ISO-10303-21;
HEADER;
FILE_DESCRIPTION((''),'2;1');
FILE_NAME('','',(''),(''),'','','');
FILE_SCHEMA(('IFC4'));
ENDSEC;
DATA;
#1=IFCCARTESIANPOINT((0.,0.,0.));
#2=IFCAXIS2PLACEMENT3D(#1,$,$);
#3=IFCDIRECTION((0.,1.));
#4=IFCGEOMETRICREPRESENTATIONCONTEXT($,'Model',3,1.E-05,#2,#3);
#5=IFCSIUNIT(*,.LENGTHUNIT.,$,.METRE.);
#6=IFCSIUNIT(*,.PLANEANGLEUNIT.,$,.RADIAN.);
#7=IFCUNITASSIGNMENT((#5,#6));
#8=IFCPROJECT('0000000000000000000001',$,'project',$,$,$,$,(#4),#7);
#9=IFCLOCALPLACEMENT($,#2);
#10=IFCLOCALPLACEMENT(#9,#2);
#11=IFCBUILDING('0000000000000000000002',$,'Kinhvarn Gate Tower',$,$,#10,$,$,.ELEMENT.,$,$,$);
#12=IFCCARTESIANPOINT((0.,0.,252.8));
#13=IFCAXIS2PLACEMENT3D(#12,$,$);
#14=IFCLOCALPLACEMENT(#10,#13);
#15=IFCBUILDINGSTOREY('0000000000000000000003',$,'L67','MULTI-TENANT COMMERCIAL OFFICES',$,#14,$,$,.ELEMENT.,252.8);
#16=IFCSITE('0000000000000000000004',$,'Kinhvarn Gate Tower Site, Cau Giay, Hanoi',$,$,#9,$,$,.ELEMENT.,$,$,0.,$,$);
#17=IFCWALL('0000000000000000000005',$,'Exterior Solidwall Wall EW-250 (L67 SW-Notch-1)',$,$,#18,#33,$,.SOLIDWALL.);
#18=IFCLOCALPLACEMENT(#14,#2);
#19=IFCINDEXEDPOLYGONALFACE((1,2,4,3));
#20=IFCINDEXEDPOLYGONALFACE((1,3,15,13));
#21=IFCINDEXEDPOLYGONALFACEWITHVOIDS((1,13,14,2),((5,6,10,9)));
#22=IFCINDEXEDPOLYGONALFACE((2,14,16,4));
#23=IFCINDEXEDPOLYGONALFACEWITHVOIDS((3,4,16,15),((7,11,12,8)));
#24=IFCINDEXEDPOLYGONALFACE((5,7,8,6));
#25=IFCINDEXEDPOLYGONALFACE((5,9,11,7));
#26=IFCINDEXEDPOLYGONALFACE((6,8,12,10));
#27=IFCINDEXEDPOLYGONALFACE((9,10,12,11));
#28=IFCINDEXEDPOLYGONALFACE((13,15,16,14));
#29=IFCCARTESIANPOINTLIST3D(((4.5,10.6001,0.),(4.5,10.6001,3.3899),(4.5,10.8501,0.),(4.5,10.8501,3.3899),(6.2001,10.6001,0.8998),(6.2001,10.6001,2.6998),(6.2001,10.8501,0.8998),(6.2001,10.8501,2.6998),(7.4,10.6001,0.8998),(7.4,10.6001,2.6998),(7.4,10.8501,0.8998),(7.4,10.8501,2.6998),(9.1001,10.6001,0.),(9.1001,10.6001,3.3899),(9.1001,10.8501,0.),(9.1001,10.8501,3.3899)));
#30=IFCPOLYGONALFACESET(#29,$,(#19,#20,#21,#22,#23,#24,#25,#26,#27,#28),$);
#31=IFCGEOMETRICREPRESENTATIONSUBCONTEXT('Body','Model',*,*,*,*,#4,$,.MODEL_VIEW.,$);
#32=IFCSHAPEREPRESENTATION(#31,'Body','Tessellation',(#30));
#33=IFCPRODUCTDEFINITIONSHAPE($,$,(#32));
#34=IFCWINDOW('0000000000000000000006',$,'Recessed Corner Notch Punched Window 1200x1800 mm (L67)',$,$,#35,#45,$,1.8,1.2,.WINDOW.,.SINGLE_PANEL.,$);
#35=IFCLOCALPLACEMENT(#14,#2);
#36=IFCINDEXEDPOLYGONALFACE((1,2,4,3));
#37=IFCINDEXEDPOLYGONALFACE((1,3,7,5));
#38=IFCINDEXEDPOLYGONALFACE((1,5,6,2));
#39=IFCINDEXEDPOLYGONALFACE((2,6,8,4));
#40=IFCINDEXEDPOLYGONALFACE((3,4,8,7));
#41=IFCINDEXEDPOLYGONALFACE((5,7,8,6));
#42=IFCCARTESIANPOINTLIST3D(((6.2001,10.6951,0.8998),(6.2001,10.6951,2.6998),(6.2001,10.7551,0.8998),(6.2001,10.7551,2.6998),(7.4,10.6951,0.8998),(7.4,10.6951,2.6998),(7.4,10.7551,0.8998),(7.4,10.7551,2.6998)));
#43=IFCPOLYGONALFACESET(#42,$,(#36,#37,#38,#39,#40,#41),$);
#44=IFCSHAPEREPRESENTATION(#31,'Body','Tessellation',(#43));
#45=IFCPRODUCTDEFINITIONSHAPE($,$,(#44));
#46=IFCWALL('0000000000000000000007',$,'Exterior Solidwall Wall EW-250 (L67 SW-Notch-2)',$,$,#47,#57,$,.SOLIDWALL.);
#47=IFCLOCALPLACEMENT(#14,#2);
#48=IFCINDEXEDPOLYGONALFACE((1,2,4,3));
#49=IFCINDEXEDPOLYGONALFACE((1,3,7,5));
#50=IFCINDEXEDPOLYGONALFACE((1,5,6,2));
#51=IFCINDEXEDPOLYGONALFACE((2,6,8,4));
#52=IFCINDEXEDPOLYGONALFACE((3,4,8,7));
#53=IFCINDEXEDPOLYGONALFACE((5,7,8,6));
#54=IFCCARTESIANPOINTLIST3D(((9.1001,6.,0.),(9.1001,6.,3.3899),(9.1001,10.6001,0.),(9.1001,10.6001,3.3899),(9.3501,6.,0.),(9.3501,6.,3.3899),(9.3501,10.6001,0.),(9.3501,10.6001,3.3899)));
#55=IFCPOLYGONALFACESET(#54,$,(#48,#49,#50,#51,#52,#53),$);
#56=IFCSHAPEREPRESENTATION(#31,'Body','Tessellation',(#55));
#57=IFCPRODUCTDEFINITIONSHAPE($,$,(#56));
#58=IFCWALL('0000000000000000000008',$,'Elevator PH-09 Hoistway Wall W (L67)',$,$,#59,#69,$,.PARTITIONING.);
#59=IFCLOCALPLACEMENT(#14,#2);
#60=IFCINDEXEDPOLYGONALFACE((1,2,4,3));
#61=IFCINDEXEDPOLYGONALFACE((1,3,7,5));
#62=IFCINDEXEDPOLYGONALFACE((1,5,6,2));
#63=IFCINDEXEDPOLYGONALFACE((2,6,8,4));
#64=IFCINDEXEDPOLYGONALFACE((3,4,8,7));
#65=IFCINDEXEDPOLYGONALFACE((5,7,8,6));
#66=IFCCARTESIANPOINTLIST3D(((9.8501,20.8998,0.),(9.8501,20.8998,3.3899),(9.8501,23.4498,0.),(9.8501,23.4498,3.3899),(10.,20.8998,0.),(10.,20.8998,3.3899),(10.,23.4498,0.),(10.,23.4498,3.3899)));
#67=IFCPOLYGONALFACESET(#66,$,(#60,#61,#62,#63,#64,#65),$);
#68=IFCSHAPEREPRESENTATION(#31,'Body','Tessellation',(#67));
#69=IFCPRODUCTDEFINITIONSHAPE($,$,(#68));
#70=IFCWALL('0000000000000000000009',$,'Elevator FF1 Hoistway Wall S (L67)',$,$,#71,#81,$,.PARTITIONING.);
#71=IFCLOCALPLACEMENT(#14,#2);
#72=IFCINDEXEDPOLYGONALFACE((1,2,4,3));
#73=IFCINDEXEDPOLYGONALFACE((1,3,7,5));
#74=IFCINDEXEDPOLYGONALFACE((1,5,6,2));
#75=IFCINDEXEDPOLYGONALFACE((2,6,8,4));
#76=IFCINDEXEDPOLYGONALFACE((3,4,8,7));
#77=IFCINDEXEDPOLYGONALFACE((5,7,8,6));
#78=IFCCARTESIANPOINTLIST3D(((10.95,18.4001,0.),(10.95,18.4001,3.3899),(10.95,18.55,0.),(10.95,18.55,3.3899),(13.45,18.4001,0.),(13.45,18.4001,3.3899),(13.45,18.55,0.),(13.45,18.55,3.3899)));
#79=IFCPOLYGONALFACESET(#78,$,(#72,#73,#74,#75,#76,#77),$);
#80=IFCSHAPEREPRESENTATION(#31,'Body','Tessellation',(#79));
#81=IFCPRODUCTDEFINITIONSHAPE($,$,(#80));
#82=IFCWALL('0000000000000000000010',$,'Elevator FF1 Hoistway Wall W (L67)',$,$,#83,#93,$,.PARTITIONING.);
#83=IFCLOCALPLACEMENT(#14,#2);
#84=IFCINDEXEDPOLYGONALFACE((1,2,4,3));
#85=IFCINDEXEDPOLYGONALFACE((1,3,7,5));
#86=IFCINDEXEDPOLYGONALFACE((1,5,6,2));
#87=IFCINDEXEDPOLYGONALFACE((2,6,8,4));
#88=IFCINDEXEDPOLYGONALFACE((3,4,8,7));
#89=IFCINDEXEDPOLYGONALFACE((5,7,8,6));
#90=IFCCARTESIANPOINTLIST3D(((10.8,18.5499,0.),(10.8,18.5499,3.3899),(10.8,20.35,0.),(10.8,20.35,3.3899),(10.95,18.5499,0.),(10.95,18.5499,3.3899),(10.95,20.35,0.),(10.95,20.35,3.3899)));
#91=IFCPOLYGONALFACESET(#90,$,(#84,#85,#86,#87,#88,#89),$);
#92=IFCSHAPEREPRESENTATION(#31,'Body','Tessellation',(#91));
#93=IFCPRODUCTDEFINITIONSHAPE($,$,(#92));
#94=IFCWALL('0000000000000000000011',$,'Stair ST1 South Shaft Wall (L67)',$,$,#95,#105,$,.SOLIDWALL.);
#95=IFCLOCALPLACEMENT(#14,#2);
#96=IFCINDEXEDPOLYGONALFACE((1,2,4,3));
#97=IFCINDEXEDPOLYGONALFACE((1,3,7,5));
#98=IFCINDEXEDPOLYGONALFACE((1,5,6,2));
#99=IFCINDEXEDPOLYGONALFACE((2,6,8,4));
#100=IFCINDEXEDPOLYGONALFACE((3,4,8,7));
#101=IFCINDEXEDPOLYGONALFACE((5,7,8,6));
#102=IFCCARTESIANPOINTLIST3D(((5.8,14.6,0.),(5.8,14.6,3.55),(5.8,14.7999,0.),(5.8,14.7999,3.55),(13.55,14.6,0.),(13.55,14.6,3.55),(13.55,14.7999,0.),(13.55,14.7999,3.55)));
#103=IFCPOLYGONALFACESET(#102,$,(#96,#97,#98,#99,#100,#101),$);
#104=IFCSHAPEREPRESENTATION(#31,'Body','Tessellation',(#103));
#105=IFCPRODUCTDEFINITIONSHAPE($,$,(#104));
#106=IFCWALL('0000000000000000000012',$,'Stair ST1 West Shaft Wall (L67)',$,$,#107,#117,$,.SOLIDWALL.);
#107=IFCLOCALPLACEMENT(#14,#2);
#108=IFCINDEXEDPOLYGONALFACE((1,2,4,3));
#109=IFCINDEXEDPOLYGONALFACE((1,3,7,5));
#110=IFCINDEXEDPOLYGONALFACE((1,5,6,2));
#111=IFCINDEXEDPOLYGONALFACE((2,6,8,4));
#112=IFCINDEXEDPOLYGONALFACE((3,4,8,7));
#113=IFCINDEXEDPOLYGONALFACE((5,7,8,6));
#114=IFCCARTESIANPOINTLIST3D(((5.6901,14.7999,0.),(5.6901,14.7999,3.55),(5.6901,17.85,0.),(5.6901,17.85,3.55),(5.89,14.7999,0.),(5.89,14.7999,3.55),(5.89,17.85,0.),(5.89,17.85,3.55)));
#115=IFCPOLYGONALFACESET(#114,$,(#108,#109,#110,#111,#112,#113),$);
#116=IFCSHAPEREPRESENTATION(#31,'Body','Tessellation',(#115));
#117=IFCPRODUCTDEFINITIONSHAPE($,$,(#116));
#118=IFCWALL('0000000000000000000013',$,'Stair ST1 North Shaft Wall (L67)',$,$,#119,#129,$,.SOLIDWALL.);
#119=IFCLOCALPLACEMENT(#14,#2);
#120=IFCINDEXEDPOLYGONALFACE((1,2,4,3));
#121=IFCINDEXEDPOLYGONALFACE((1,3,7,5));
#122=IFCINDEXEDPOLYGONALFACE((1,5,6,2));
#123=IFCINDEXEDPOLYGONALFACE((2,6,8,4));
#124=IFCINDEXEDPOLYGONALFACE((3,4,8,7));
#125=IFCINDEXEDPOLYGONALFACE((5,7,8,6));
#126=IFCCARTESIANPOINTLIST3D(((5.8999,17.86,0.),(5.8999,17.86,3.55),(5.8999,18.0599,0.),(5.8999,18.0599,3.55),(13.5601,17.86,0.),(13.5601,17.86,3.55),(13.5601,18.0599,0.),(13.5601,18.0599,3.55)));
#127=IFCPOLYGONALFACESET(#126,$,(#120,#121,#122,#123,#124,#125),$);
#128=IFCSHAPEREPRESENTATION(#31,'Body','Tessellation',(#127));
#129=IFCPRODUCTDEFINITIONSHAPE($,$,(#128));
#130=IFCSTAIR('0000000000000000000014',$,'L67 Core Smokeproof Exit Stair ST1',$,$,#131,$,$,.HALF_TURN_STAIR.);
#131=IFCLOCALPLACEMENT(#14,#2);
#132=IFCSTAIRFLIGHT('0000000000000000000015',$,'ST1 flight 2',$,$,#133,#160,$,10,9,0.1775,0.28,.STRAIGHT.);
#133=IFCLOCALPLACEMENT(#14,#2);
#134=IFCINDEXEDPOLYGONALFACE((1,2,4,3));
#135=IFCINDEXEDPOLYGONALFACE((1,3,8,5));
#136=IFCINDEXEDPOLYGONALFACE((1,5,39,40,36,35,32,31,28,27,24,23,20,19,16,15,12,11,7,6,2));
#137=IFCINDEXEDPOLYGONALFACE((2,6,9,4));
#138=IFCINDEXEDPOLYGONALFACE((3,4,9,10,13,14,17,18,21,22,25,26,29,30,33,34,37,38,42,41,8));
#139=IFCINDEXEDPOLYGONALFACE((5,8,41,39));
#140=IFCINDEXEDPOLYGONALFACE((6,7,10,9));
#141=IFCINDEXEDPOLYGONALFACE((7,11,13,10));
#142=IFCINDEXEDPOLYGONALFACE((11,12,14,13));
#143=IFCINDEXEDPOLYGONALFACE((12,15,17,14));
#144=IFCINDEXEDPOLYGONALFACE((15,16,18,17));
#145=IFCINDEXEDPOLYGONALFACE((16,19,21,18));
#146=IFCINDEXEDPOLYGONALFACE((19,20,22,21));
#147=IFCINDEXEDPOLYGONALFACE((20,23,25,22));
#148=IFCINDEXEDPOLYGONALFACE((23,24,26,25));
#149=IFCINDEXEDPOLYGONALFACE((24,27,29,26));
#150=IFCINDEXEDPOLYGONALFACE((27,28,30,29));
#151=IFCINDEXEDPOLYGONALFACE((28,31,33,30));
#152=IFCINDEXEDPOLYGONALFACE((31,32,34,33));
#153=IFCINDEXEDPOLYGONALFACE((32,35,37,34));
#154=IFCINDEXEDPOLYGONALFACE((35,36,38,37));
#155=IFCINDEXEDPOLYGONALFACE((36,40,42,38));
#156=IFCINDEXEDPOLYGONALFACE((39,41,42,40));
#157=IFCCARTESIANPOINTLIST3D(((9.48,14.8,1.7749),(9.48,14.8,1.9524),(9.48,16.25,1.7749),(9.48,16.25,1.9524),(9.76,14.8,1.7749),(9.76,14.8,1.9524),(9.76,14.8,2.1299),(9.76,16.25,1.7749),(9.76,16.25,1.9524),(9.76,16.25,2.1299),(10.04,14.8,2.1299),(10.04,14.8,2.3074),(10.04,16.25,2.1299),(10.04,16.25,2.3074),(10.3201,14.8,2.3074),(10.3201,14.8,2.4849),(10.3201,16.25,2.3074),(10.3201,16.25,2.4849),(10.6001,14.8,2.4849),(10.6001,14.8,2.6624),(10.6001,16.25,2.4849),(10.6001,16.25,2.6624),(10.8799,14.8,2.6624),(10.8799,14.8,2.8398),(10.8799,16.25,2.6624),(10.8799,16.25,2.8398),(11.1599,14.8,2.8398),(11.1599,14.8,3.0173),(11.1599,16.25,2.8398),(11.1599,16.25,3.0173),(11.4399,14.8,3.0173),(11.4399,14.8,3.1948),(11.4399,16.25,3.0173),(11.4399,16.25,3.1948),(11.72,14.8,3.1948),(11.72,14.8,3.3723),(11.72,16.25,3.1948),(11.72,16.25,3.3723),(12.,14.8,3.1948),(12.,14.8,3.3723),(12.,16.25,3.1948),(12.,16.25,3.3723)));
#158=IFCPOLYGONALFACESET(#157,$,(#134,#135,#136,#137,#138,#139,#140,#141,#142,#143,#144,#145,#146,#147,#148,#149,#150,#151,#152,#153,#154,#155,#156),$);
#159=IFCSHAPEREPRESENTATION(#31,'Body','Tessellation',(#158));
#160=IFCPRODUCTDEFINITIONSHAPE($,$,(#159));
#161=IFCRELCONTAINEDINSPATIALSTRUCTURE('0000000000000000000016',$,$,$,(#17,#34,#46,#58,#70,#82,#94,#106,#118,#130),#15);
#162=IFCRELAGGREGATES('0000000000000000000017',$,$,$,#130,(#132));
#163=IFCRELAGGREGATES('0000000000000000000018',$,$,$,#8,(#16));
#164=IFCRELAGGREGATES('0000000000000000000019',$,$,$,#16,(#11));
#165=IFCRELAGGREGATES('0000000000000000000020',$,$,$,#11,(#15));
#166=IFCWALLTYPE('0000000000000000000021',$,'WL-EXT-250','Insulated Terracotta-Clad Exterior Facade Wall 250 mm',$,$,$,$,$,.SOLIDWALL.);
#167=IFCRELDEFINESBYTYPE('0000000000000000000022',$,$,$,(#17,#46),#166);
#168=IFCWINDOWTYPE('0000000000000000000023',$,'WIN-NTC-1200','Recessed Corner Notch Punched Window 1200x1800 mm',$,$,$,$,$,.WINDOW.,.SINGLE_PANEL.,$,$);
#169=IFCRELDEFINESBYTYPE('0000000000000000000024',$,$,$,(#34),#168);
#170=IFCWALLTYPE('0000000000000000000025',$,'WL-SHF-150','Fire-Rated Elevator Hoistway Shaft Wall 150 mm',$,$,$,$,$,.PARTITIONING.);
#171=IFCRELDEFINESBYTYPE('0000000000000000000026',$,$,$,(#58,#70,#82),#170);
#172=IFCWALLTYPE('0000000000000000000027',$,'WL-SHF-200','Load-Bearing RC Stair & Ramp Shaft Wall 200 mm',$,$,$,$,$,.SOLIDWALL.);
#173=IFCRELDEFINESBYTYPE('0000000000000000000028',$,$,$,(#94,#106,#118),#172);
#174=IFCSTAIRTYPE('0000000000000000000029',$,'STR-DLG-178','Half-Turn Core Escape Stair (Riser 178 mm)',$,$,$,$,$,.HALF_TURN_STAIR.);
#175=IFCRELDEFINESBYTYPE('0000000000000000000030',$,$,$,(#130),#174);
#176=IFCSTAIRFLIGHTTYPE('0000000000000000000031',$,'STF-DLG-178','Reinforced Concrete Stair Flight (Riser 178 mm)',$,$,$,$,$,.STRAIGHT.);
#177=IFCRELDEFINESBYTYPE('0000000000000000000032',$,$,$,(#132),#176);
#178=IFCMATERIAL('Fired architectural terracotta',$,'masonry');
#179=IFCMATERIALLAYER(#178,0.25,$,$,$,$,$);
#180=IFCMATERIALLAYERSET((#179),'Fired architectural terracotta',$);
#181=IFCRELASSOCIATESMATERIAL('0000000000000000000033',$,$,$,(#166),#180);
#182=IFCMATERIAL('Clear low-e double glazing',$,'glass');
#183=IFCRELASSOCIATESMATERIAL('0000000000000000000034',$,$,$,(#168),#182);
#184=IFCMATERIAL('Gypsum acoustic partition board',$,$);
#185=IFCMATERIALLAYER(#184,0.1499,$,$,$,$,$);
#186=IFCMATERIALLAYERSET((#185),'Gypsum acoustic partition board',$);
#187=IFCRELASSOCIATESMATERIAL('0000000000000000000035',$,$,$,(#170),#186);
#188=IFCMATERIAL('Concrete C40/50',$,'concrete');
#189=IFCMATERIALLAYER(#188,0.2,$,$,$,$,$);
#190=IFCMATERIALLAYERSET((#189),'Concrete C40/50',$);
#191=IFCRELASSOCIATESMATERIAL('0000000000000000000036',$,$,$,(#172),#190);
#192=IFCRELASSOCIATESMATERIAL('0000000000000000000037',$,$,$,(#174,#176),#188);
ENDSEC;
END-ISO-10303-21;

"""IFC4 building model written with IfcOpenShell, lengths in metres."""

from ifc_helpers import new_model, si_unit, direction, frame, frame_2d, origin, place, context, subcontext, project, spatial, polyline, rectangle, outline, extrude, material, layer, layer_set, type_object, element, fill, aggregate, save


model = new_model("IFC4")

# Units and contexts
model_context = context("Model", 3, precision=1e-05, world=origin(), true_north=direction((0.0, 1.0)))
body_context = subcontext(model_context, "Body", "Model", "MODEL_VIEW")
ifc_project = project(units=[si_unit("LENGTHUNIT", "METRE"), si_unit("PLANEANGLEUNIT", "RADIAN")], contexts=[model_context])

# Site, building, storey
site_placement = place(None, origin())
site = spatial("IfcSite", under=ifc_project, at=site_placement, Name="Kinhvarn Gate Tower Site, Cau Giay, Hanoi", CompositionType="ELEMENT", RefElevation=0.0)
building_placement = place(site_placement, origin())
building = spatial("IfcBuilding", under=site, at=building_placement, Name="Kinhvarn Gate Tower", CompositionType="ELEMENT")
storey_placement = place(building_placement, frame((0.0, 0.0, 252.8)))
storey = spatial("IfcBuildingStorey", under=building, at=storey_placement, Name="L67", Description="MULTI-TENANT COMMERCIAL OFFICES", CompositionType="ELEMENT", Elevation=252.8)

# Wall, opening, window
ifc_material_1 = material(Name="Fired architectural terracotta", Category="masonry")
ifc_layer_1 = layer(ifc_material_1, 0.25)
ifc_layer_set_1 = layer_set([ifc_layer_1], Name="Fired architectural terracotta")
wall_type_1 = type_object("IfcWallType", Name="WL-EXT-250", Description="Insulated Terracotta-Clad Exterior Facade Wall 250 mm", PredefinedType="SOLIDWALL", material=ifc_layer_set_1)
ifc_material_2 = material(Name="Clear low-e double glazing", Category="glass")
wall_1_placement = place(storey_placement, frame((4.5, 10.7251, 0.0), z_axis=(0.0, 0.0, 1.0), x_axis=(1.0, 0.0, 0.0)))
wall_1 = element("IfcWall", 1, at=wall_1_placement, inside=storey, type_object=wall_type_1, Name="Exterior Solidwall Wall EW-250 (L67 SW-Notch-1)", PredefinedType="SOLIDWALL", context=body_context, shape_type="SweptSolid", body=[
    extrude(rectangle(XDim=4.6001, YDim=0.25, at=frame_2d((2.3, 0.0))), origin(), (0.0, 0.0, 1.0), 3.3899),
])
opening_1_placement = place(wall_1_placement, frame((1.7, 0.0, 0.8999)))
opening_1 = element("IfcOpeningElement", 2, at=opening_1_placement, cuts=wall_1, PredefinedType="OPENING", context=body_context, shape_type="SweptSolid", body=[
    extrude(rectangle(XDim=1.2, YDim=1.8, at=frame_2d((0.6001, 0.8999))), frame((0.0, 0.135, 0.0), z_axis=(0.0, -1.0, 0.0), x_axis=(1.0, 0.0, 0.0)), (0.0, 0.0, 1.0), 0.27),
])
window_type_1 = type_object("IfcWindowType", Name="WIN-NTC-1200", Description="Recessed Corner Notch Punched Window 1200x1800 mm", PartitioningType="SINGLE_PANEL", PredefinedType="WINDOW", material=ifc_material_2)
window_1_placement = place(opening_1_placement, origin())
window_1 = element("IfcWindow", 3, at=window_1_placement, inside=storey, type_object=window_type_1, Name="Recessed Corner Notch Punched Window 1200x1800 mm (L67)", OverallHeight=1.8, OverallWidth=1.2, PartitioningType="SINGLE_PANEL", PredefinedType="WINDOW", context=body_context, shape_type="SweptSolid", body=[
    extrude(rectangle(XDim=1.2, YDim=1.8, at=frame_2d((0.6001, 0.8999))), frame((0.0, 0.03, 0.0), z_axis=(0.0, -1.0, 0.0), x_axis=(1.0, 0.0, 0.0)), (0.0, 0.0, 1.0), 0.0601),
])
fill(opening_1, window_1)

# Walls
wall_2_placement = place(storey_placement, frame((9.2251, 10.6001, 0.0), z_axis=(0.0, 0.0, 1.0), x_axis=(0.0, -1.0, 0.0)))
element("IfcWall", 4, at=wall_2_placement, inside=storey, type_object=wall_type_1, Name="Exterior Solidwall Wall EW-250 (L67 SW-Notch-2)", PredefinedType="SOLIDWALL", context=body_context, shape_type="SweptSolid", body=[
    extrude(rectangle(XDim=4.6001, YDim=0.25, at=frame_2d((2.3, 0.0))), origin(), (0.0, 0.0, 1.0), 3.3899),
])
ifc_material_3 = material(Name="Gypsum acoustic partition board")
ifc_layer_2 = layer(ifc_material_3, 0.1499)
ifc_layer_set_2 = layer_set([ifc_layer_2], Name="Gypsum acoustic partition board")
wall_type_2 = type_object("IfcWallType", Name="WL-SHF-150", Description="Fire-Rated Elevator Hoistway Shaft Wall 150 mm", PredefinedType="PARTITIONING", material=ifc_layer_set_2)
wall_3_placement = place(storey_placement, frame((9.925, 20.8999, 0.0), z_axis=(0.0, 0.0, 1.0), x_axis=(0.0, 1.0, 0.0)))
element("IfcWall", 5, at=wall_3_placement, inside=storey, type_object=wall_type_2, Name="Elevator PH-09 Hoistway Wall W (L67)", PredefinedType="PARTITIONING", context=body_context, shape_type="SweptSolid", body=[
    extrude(rectangle(XDim=2.55, YDim=0.1499, at=frame_2d((1.2749, 0.0))), origin(), (0.0, 0.0, 1.0), 3.3899),
])
wall_4_placement = place(storey_placement, frame((10.95, 18.4751, 0.0), z_axis=(0.0, 0.0, 1.0), x_axis=(1.0, 0.0, 0.0)))
element("IfcWall", 6, at=wall_4_placement, inside=storey, type_object=wall_type_2, Name="Elevator FF1 Hoistway Wall S (L67)", PredefinedType="PARTITIONING", context=body_context, shape_type="SweptSolid", body=[
    extrude(rectangle(XDim=2.5, YDim=0.1499, at=frame_2d((1.25, 0.0))), origin(), (0.0, 0.0, 1.0), 3.3899),
])
wall_5_placement = place(storey_placement, frame((10.875, 18.55, 0.0), z_axis=(0.0, 0.0, 1.0), x_axis=(0.0, 1.0, 0.0)))
element("IfcWall", 7, at=wall_5_placement, inside=storey, type_object=wall_type_2, Name="Elevator FF1 Hoistway Wall W (L67)", PredefinedType="PARTITIONING", context=body_context, shape_type="SweptSolid", body=[
    extrude(rectangle(XDim=1.8, YDim=0.1499, at=frame_2d((0.8999, 0.0))), origin(), (0.0, 0.0, 1.0), 3.3899),
])
ifc_material_4 = material(Name="Concrete C40/50", Category="concrete")
ifc_layer_3 = layer(ifc_material_4, 0.2)
ifc_layer_set_3 = layer_set([ifc_layer_3], Name="Concrete C40/50")
wall_type_3 = type_object("IfcWallType", Name="WL-SHF-200", Description="Load-Bearing RC Stair & Ramp Shaft Wall 200 mm", PredefinedType="SOLIDWALL", material=ifc_layer_set_3)
wall_6_placement = place(storey_placement, frame((5.8, 14.7, 0.0), z_axis=(0.0, 0.0, 1.0), x_axis=(1.0, 0.0, 0.0)))
element("IfcWall", 8, at=wall_6_placement, inside=storey, type_object=wall_type_3, Name="Stair ST1 South Shaft Wall (L67)", PredefinedType="SOLIDWALL", context=body_context, shape_type="SweptSolid", body=[
    extrude(rectangle(XDim=7.75, YDim=0.2, at=frame_2d((3.875, 0.0))), origin(), (0.0, 0.0, 1.0), 3.55),
])
wall_7_placement = place(storey_placement, frame((5.79, 14.8, 0.0), z_axis=(0.0, 0.0, 1.0), x_axis=(0.0, 1.0, 0.0)))
element("IfcWall", 9, at=wall_7_placement, inside=storey, type_object=wall_type_3, Name="Stair ST1 West Shaft Wall (L67)", PredefinedType="SOLIDWALL", context=body_context, shape_type="SweptSolid", body=[
    extrude(rectangle(XDim=3.05, YDim=0.2, at=frame_2d((1.5249, 0.0))), origin(), (0.0, 0.0, 1.0), 3.55),
])
wall_8_placement = place(storey_placement, frame((5.8999, 17.96, 0.0), z_axis=(0.0, 0.0, 1.0), x_axis=(1.0, 0.0, 0.0)))
element("IfcWall", 10, at=wall_8_placement, inside=storey, type_object=wall_type_3, Name="Stair ST1 North Shaft Wall (L67)", PredefinedType="SOLIDWALL", context=body_context, shape_type="SweptSolid", body=[
    extrude(rectangle(XDim=7.6602, YDim=0.2, at=frame_2d((3.8301, 0.0))), origin(), (0.0, 0.0, 1.0), 3.55),
])

# Stair, stair flight
stair_type = type_object("IfcStairType", Name="STR-DLG-178", Description="Half-Turn Core Escape Stair (Riser 178 mm)", PredefinedType="HALF_TURN_STAIR", material=ifc_material_4)
stair_placement = place(storey_placement, origin())
stair = element("IfcStair", 11, at=stair_placement, inside=storey, type_object=stair_type, Name="L67 Core Smokeproof Exit Stair ST1", PredefinedType="HALF_TURN_STAIR")
stair_flight_type = type_object("IfcStairFlightType", Name="STF-DLG-178", Description="Reinforced Concrete Stair Flight (Riser 178 mm)", PredefinedType="STRAIGHT", material=ifc_material_4)
stair_flight_placement = place(storey_placement, frame((9.48, 15.5249, 1.7749), z_axis=(0.0, 0.0, 1.0), x_axis=(1.0, 0.0, 0.0)))
stair_flight = element("IfcStairFlight", 12, at=stair_flight_placement, type_object=stair_flight_type, Name="ST1 flight 2", NumberOfRisers=10, NumberOfTreads=9, PredefinedType="STRAIGHT", RiserHeight=0.1775, TreadLength=0.28, context=body_context, shape_type="SweptSolid", body=[
    extrude(outline(polyline([(0.0, 0.0), (0.0, 0.1775), (0.28, 0.1775), (0.28, 0.355), (0.5601, 0.355), (0.5601, 0.5325), (0.8401, 0.5325), (0.8401, 0.71), (1.1201, 0.71), (1.1201, 0.8875), (1.3999, 0.8875), (1.3999, 1.0649), (1.6799, 1.0649), (1.6799, 1.2424), (1.96, 1.2424), (1.96, 1.4199), (2.24, 1.4199), (2.24, 1.5974), (2.52, 1.5974), (2.52, 1.7749), (2.52, 1.4199), (0.28, 0.0), (0.0, 0.0)])), frame((0.0, 0.7251, 0.0), z_axis=(0.0, -1.0, 0.0), x_axis=(1.0, 0.0, 0.0)), (0.0, 0.0, 1.0), 1.45),
])
aggregate(stair, [stair_flight])

save(model, "model.ifc")
